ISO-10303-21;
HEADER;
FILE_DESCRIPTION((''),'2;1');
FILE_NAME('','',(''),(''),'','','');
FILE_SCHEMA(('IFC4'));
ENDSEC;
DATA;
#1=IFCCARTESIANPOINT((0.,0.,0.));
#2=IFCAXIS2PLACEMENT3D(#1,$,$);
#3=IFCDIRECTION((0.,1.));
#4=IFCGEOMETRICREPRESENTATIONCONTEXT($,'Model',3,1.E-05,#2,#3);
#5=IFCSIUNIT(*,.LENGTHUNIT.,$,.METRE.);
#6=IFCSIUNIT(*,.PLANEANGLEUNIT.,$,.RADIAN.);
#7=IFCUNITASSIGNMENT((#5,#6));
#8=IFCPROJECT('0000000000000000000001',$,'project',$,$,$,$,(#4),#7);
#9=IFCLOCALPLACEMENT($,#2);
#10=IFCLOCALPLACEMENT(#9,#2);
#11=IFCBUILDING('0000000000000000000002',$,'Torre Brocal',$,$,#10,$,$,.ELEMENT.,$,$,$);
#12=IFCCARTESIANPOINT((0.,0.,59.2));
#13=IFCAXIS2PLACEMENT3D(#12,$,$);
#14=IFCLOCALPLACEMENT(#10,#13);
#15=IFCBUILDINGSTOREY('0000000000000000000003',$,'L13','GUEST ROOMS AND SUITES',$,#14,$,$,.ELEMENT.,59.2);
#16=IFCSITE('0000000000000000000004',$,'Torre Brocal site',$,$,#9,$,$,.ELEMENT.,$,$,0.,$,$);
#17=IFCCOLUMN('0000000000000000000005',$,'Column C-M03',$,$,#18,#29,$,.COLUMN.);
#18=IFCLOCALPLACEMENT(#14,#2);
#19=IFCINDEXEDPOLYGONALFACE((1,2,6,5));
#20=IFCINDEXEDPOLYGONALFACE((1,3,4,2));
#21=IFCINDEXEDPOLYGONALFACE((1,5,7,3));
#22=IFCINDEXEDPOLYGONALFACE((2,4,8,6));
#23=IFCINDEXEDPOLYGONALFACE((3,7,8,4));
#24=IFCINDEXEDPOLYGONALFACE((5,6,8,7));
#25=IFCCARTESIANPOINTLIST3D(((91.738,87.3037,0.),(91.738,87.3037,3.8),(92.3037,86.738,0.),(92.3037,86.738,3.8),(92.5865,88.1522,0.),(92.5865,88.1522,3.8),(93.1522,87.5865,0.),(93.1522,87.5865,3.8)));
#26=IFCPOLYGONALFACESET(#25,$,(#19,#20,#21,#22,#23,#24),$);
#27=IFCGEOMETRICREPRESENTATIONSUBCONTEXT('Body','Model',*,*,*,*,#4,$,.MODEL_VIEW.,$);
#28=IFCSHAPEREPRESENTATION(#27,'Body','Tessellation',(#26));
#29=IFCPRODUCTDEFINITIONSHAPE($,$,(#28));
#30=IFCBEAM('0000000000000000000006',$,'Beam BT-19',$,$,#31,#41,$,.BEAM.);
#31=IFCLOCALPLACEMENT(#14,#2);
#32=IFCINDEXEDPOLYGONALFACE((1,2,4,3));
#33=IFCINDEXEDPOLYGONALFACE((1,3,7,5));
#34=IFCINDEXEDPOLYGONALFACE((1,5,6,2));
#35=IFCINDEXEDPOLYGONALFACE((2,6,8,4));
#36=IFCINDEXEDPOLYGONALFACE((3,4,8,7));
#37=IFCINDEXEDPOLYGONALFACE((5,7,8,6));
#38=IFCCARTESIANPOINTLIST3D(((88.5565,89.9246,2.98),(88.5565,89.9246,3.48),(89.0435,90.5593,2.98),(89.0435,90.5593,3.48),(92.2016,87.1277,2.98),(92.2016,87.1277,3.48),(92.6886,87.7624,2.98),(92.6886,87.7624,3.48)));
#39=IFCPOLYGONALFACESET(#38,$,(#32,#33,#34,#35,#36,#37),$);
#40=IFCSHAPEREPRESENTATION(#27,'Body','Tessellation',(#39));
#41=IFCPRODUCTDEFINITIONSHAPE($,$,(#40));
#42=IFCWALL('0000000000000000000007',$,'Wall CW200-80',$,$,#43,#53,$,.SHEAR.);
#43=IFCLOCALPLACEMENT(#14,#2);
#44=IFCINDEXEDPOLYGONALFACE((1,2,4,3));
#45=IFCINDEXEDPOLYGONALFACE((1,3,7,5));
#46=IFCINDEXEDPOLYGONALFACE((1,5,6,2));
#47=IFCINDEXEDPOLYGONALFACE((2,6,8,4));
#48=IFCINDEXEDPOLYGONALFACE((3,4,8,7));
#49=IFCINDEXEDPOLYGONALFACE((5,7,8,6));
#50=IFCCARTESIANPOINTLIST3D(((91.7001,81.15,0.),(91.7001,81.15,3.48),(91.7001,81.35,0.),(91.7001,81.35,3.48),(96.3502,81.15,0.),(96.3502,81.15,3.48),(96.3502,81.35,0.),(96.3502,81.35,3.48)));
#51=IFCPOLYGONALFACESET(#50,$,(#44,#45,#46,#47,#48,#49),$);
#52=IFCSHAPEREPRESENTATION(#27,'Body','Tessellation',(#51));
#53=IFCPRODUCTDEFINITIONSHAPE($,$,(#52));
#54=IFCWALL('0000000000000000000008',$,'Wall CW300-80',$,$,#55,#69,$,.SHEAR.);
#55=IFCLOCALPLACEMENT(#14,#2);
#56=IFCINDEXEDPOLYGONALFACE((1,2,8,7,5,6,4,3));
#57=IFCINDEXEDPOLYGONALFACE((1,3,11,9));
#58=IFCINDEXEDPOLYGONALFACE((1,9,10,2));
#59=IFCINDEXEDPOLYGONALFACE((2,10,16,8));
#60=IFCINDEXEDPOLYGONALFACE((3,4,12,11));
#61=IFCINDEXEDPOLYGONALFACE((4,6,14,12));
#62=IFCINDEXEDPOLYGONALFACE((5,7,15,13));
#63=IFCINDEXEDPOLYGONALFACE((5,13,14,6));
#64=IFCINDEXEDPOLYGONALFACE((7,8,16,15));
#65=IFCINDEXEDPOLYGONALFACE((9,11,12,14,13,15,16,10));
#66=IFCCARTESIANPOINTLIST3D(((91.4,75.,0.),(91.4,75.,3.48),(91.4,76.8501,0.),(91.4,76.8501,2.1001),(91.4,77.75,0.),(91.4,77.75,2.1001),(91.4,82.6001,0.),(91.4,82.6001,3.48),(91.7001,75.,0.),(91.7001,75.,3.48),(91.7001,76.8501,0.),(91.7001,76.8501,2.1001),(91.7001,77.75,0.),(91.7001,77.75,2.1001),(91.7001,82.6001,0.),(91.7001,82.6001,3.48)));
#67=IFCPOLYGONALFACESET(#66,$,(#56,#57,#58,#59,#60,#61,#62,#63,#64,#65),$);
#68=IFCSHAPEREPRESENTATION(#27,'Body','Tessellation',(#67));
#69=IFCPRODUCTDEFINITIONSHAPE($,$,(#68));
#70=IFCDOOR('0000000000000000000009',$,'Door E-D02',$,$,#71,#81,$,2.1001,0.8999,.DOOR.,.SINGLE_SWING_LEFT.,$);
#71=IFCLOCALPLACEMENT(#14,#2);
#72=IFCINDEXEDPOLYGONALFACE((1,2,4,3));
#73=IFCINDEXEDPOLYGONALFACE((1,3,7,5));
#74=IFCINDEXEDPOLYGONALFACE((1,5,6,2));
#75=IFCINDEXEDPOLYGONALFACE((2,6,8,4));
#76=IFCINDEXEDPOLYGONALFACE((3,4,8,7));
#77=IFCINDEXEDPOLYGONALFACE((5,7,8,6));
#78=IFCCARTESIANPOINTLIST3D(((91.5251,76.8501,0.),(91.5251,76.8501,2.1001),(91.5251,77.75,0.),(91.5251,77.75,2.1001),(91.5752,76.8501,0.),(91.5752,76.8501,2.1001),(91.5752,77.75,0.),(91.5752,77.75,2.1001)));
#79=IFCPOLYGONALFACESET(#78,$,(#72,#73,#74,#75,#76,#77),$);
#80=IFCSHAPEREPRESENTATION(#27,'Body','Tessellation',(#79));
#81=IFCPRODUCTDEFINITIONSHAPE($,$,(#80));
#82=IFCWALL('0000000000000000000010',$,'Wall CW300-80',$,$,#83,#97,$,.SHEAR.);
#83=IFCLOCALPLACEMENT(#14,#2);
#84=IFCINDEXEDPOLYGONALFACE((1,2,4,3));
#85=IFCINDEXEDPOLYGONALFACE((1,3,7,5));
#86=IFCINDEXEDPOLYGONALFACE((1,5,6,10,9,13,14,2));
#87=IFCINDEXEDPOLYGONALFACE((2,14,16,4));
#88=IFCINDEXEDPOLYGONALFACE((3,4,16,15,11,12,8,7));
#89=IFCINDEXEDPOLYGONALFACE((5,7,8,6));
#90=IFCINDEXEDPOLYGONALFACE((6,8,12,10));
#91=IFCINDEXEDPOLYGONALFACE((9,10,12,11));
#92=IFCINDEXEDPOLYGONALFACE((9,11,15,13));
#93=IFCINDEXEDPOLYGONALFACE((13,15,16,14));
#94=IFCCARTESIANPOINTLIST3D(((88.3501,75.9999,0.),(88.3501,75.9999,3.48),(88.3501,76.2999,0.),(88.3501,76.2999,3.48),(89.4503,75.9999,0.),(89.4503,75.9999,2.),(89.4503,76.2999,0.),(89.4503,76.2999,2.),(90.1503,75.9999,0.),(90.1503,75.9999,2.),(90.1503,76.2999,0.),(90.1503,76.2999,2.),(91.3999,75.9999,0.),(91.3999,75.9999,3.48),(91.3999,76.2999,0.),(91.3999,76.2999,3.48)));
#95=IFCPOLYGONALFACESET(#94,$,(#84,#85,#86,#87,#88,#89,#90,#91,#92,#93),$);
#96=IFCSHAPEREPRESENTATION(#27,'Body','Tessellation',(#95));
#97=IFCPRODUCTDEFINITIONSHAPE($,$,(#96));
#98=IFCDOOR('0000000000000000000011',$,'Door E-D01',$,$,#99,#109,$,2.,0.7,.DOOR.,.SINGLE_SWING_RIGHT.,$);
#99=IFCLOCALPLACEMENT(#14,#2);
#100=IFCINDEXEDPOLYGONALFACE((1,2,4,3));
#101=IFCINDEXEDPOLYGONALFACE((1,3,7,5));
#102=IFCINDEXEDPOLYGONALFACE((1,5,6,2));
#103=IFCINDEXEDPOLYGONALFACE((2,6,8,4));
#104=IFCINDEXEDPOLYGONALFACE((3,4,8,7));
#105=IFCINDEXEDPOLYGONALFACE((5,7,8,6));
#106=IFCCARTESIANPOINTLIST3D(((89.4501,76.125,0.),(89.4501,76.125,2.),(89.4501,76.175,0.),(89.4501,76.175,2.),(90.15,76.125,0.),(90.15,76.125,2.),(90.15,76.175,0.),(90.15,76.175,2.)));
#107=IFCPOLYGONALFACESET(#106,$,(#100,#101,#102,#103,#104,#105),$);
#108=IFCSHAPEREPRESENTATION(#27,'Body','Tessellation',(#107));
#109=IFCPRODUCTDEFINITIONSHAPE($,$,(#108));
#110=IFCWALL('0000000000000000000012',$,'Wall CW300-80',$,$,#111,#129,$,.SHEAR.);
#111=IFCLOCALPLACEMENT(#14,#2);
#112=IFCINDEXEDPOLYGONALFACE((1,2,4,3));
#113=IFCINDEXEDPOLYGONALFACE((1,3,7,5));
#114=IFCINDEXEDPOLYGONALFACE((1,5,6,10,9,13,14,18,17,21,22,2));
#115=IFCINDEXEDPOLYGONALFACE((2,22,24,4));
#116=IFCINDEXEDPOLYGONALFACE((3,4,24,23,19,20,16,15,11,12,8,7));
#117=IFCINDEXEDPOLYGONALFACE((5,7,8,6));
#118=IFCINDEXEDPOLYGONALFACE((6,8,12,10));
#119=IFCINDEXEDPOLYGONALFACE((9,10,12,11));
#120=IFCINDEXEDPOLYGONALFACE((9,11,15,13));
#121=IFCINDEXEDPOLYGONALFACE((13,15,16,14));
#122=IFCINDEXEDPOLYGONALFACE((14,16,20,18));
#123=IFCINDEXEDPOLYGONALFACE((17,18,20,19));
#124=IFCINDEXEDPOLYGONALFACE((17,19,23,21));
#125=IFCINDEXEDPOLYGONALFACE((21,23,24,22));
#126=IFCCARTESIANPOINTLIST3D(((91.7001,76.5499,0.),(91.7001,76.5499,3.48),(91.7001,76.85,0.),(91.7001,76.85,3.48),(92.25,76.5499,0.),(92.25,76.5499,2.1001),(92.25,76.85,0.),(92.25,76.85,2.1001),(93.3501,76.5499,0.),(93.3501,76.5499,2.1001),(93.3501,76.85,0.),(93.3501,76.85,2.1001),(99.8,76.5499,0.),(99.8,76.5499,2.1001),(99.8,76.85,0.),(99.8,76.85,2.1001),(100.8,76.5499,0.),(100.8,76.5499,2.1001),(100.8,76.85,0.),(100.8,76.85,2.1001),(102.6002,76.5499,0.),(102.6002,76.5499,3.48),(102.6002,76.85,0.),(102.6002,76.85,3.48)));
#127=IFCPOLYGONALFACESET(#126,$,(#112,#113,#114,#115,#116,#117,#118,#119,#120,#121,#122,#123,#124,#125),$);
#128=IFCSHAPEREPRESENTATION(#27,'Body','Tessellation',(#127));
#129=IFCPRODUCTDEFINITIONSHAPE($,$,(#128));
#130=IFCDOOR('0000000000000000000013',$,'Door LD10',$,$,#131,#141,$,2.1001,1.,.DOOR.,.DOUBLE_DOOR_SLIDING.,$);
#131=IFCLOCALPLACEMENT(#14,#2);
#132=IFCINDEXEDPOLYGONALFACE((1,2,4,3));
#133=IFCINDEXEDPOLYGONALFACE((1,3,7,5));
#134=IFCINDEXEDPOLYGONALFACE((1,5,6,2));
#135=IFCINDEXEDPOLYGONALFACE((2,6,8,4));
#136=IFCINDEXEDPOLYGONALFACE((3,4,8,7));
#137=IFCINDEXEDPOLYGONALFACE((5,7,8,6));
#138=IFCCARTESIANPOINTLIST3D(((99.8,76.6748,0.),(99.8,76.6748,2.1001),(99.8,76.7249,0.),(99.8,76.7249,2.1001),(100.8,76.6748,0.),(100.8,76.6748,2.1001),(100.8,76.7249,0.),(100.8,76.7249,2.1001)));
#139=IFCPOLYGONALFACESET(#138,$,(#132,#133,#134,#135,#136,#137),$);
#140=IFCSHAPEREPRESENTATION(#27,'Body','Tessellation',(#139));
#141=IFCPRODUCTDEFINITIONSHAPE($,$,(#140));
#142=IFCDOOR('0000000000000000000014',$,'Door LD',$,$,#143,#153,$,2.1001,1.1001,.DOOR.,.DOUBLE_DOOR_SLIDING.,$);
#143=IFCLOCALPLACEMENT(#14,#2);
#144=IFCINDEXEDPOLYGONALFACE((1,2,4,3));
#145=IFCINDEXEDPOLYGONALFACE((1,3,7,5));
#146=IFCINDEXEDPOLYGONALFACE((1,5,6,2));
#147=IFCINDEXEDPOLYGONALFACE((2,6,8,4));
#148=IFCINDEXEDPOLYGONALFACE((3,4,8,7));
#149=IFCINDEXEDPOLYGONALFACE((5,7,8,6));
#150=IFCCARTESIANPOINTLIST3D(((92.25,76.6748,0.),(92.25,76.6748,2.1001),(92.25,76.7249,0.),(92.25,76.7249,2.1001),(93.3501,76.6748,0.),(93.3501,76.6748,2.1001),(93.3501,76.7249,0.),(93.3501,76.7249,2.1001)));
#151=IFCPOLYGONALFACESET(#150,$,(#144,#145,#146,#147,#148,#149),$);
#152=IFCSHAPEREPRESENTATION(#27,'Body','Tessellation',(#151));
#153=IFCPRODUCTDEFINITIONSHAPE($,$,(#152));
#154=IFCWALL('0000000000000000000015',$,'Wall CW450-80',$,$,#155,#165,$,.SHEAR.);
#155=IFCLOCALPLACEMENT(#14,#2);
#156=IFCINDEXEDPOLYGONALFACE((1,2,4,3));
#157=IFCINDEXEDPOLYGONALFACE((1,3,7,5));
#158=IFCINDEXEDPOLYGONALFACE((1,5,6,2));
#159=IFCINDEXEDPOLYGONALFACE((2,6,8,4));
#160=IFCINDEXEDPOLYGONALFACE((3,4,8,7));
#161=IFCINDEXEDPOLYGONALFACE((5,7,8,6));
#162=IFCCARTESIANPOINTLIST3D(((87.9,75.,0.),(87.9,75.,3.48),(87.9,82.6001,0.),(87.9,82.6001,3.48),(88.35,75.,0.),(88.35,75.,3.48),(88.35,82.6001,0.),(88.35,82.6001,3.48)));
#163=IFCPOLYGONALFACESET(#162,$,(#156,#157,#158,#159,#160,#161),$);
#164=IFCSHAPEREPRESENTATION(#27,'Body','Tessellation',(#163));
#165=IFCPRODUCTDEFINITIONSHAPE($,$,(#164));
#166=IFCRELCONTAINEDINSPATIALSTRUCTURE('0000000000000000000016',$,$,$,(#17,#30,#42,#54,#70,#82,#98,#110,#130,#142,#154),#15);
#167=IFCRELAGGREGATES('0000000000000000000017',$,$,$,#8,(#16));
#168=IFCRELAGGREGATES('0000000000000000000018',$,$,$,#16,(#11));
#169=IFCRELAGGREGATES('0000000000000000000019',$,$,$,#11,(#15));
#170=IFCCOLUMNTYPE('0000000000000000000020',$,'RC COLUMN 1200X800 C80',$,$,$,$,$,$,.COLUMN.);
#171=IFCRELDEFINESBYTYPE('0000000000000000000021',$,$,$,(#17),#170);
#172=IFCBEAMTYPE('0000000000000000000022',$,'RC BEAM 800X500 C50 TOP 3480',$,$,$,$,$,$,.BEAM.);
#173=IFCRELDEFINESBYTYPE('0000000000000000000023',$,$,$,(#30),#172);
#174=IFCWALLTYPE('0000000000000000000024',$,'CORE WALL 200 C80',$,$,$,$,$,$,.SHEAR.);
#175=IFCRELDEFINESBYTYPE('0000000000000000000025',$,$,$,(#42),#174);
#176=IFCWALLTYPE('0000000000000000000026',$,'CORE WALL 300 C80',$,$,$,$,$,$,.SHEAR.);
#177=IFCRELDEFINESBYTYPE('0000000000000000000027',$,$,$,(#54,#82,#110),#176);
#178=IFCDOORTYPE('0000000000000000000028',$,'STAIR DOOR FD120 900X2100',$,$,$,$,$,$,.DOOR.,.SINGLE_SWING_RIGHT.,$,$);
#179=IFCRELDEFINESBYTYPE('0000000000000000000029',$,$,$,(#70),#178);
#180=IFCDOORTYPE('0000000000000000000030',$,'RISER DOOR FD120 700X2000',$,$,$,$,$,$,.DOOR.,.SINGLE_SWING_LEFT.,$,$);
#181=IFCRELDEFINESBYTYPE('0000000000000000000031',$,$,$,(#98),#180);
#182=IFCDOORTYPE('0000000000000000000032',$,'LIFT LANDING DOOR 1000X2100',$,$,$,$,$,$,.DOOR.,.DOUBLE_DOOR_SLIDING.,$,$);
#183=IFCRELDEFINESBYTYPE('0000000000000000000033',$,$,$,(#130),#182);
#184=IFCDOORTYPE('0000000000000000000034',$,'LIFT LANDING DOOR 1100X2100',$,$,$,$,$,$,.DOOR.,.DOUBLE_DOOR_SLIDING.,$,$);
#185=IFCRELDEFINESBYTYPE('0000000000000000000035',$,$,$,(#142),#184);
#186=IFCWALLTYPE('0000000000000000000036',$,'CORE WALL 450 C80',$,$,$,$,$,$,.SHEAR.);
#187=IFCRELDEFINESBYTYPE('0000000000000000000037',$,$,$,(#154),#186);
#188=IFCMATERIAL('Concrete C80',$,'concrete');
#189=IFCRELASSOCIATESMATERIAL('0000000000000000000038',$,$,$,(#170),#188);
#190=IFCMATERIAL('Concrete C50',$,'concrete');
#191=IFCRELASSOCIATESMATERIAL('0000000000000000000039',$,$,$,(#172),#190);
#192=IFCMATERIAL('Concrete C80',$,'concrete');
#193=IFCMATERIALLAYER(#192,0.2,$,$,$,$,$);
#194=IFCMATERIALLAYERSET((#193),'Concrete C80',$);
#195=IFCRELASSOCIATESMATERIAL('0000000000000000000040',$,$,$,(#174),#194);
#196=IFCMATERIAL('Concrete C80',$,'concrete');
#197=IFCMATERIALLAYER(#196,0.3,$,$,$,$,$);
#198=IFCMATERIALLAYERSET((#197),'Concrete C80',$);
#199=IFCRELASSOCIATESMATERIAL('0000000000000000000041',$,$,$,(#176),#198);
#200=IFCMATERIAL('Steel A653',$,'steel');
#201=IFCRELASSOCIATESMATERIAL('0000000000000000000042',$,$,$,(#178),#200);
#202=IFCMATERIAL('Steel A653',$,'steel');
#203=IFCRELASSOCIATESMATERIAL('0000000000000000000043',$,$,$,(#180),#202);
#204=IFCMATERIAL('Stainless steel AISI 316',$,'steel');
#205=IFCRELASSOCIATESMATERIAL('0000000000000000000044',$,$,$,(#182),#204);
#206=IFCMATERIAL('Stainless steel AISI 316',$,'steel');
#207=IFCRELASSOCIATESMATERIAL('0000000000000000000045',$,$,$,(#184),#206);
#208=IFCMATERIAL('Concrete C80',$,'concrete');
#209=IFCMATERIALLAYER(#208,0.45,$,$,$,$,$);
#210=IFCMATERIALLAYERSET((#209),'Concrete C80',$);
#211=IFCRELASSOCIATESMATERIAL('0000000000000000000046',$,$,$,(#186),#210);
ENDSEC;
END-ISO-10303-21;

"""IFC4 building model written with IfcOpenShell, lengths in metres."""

from ifc_helpers import new_model, si_unit, direction, frame, frame_2d, origin, origin_2d, place, context, subcontext, project, spatial, rectangle, extrude, material, layer, layer_set, material_profile, profile_set, type_object, element, fill, save


model = new_model("IFC4")

# Units and contexts
model_context = context("Model", 3, precision=1e-05, world=origin(), true_north=direction((0.0, 1.0)))
body_context = subcontext(model_context, "Body", "Model", "MODEL_VIEW")
ifc_project = project(units=[si_unit("LENGTHUNIT", "METRE"), si_unit("PLANEANGLEUNIT", "RADIAN")], contexts=[model_context])

# Site, building, storey
site_placement = place(None, origin())
site = spatial("IfcSite", under=ifc_project, at=site_placement, Name="Torre Brocal site", CompositionType="ELEMENT", RefElevation=0.0)
building_placement = place(site_placement, origin())
building = spatial("IfcBuilding", under=site, at=building_placement, Name="Torre Brocal", CompositionType="ELEMENT")
storey_placement = place(building_placement, frame((0.0, 0.0, 59.2)))
storey = spatial("IfcBuildingStorey", under=building, at=storey_placement, Name="L13", Description="GUEST ROOMS AND SUITES", CompositionType="ELEMENT", Elevation=59.2)

# Column
ifc_material_1 = material(Name="Concrete C80", Category="concrete")
ifc_material_profile_1 = material_profile(ifc_material_1, rectangle(XDim=1.2, YDim=0.8, at=origin_2d()), Name="RC 1200X800")
ifc_profile_set_1 = profile_set([ifc_material_profile_1], Name="Concrete C80")
column_type = type_object("IfcColumnType", Name="RC COLUMN 1200X800 C80", PredefinedType="COLUMN", material=ifc_profile_set_1)
column_placement = place(storey_placement, frame((92.4451, 87.4451, 0.0), z_axis=(0.0, 0.0, 1.0), x_axis=(0.707107, 0.707107, 0.0)))
element("IfcColumn", 1, at=column_placement, inside=storey, type_object=column_type, Name="Column C-M03", PredefinedType="COLUMN", context=body_context, shape_type="SweptSolid", body=[
    extrude(rectangle(XDim=1.2, YDim=0.8, at=origin_2d()), origin(), (0.0, 0.0, 1.0), 3.8),
])

# Beam
ifc_material_2 = material(Name="Concrete C50", Category="concrete")
ifc_material_profile_2 = material_profile(ifc_material_2, rectangle(XDim=0.8, YDim=0.5, at=origin_2d()), Name="RC 800X500")
ifc_profile_set_2 = profile_set([ifc_material_profile_2], Name="Concrete C50")
beam_type = type_object("IfcBeamType", Name="RC BEAM 800X500 C50 TOP 3480", PredefinedType="BEAM", material=ifc_profile_set_2)
beam_placement = place(storey_placement, frame((92.4451, 87.4451, 3.23), z_axis=(-0.793358, 0.608755, 0.0), x_axis=(-0.608755, -0.793358, 0.0)))
element("IfcBeam", 2, at=beam_placement, inside=storey, type_object=beam_type, Name="Beam BT-19", PredefinedType="BEAM", context=body_context, shape_type="SweptSolid", body=[
    extrude(rectangle(XDim=0.8, YDim=0.5, at=origin_2d()), origin(), (0.0, 0.0, 1.0), 4.5945),
])

# Wall
ifc_material_3 = material(Name="Concrete C80", Category="concrete")
ifc_layer_1 = layer(ifc_material_3, 0.2)
ifc_layer_set_1 = layer_set([ifc_layer_1], Name="Concrete C80")
wall_type_1 = type_object("IfcWallType", Name="CORE WALL 200 C80", PredefinedType="SHEAR", material=ifc_layer_set_1)
wall_1_placement = place(storey_placement, frame((91.7, 81.25, 0.0), z_axis=(0.0, 0.0, 1.0), x_axis=(1.0, 0.0, 0.0)))
element("IfcWall", 3, at=wall_1_placement, inside=storey, type_object=wall_type_1, Name="Wall CW200-80", PredefinedType="SHEAR", context=body_context, shape_type="SweptSolid", body=[
    extrude(rectangle(XDim=4.6501, YDim=0.2, at=frame_2d((2.3252, 0.0))), origin(), (0.0, 0.0, 1.0), 3.48),
])

# Walls, openings, doors
ifc_material_4 = material(Name="Concrete C80", Category="concrete")
ifc_layer_2 = layer(ifc_material_4, 0.3)
ifc_layer_set_2 = layer_set([ifc_layer_2], Name="Concrete C80")
wall_type_2 = type_object("IfcWallType", Name="CORE WALL 300 C80", PredefinedType="SHEAR", material=ifc_layer_set_2)
wall_2_placement = place(storey_placement, frame((91.55, 75.0, 0.0), z_axis=(0.0, 0.0, 1.0), x_axis=(0.0, 1.0, 0.0)))
wall_2 = element("IfcWall", 4, at=wall_2_placement, inside=storey, type_object=wall_type_2, Name="Wall CW300-80", PredefinedType="SHEAR", context=body_context, shape_type="SweptSolid", body=[
    extrude(rectangle(XDim=7.6001, YDim=0.3, at=frame_2d((3.8, 0.0))), origin(), (0.0, 0.0, 1.0), 3.48),
])
opening_1_placement = place(wall_2_placement, frame((1.8501, 0.0, 0.0)))
opening_1 = element("IfcOpeningElement", 5, at=opening_1_placement, cuts=wall_2, PredefinedType="OPENING", context=body_context, shape_type="SweptSolid", body=[
    extrude(rectangle(XDim=0.8999, YDim=2.1001, at=frame_2d((0.45, 1.05))), frame((0.0, 0.1599, 0.0), z_axis=(0.0, -1.0, 0.0), x_axis=(1.0, 0.0, 0.0)), (0.0, 0.0, 1.0), 0.3201),
])
ifc_material_5 = material(Name="Steel A653", Category="steel")
door_type_1 = type_object("IfcDoorType", Name="STAIR DOOR FD120 900X2100", OperationType="SINGLE_SWING_RIGHT", PredefinedType="DOOR", material=ifc_material_5)
door_1_placement = place(opening_1_placement, origin())
door_1 = element("IfcDoor", 6, at=door_1_placement, inside=storey, type_object=door_type_1, Name="Door E-D02", OperationType="SINGLE_SWING_LEFT", OverallHeight=2.1001, OverallWidth=0.8999, PredefinedType="DOOR", context=body_context, shape_type="SweptSolid", body=[
    extrude(rectangle(XDim=0.8999, YDim=2.1001, at=frame_2d((0.45, 1.05))), frame((0.0, 0.0249, 0.0), z_axis=(0.0, -1.0, 0.0), x_axis=(1.0, 0.0, 0.0)), (0.0, 0.0, 1.0), 0.05),
])
fill(opening_1, door_1)
wall_3_placement = place(storey_placement, frame((88.3501, 76.1499, 0.0), z_axis=(0.0, 0.0, 1.0), x_axis=(1.0, 0.0, 0.0)))
wall_3 = element("IfcWall", 7, at=wall_3_placement, inside=storey, type_object=wall_type_2, Name="Wall CW300-80", PredefinedType="SHEAR", context=body_context, shape_type="SweptSolid", body=[
    extrude(rectangle(XDim=3.0498, YDim=0.3, at=frame_2d((1.5249, 0.0))), origin(), (0.0, 0.0, 1.0), 3.48),
])
opening_2_placement = place(wall_3_placement, frame((1.1001, 0.0, 0.0)))
opening_2 = element("IfcOpeningElement", 8, at=opening_2_placement, cuts=wall_3, PredefinedType="OPENING", context=body_context, shape_type="SweptSolid", body=[
    extrude(rectangle(XDim=0.7, YDim=2.0, at=frame_2d((0.3501, 1.0))), frame((0.0, 0.1599, 0.0), z_axis=(0.0, -1.0, 0.0), x_axis=(1.0, 0.0, 0.0)), (0.0, 0.0, 1.0), 0.3201),
])
ifc_material_6 = material(Name="Steel A653", Category="steel")
door_type_2 = type_object("IfcDoorType", Name="RISER DOOR FD120 700X2000", OperationType="SINGLE_SWING_LEFT", PredefinedType="DOOR", material=ifc_material_6)
door_2_placement = place(opening_2_placement, frame((0.7, 0.0, 0.0), z_axis=(0.0, 0.0, 1.0), x_axis=(-1.0, 0.0, 0.0)))
door_2 = element("IfcDoor", 9, at=door_2_placement, inside=storey, type_object=door_type_2, Name="Door E-D01", OperationType="SINGLE_SWING_RIGHT", OverallHeight=2.0, OverallWidth=0.7, PredefinedType="DOOR", context=body_context, shape_type="SweptSolid", body=[
    extrude(rectangle(XDim=0.7, YDim=2.0, at=frame_2d((0.3501, 1.0))), frame((0.0, 0.0249, 0.0), z_axis=(0.0, -1.0, 0.0), x_axis=(1.0, 0.0, 0.0)), (0.0, 0.0, 1.0), 0.05),
])
fill(opening_2, door_2)

# Wall, openings, doors
wall_4_placement = place(storey_placement, frame((91.7, 76.7, 0.0), z_axis=(0.0, 0.0, 1.0), x_axis=(1.0, 0.0, 0.0)))
wall_4 = element("IfcWall", 10, at=wall_4_placement, inside=storey, type_object=wall_type_2, Name="Wall CW300-80", PredefinedType="SHEAR", context=body_context, shape_type="SweptSolid", body=[
    extrude(rectangle(XDim=10.9001, YDim=0.3, at=frame_2d((5.4502, 0.0))), origin(), (0.0, 0.0, 1.0), 3.48),
])
opening_3_placement = place(wall_4_placement, frame((0.55, 0.0, 0.0)))
opening_3 = element("IfcOpeningElement", 11, at=opening_3_placement, cuts=wall_4, PredefinedType="OPENING", context=body_context, shape_type="SweptSolid", body=[
    extrude(rectangle(XDim=1.1001, YDim=2.1001, at=frame_2d((0.55, 1.05))), frame((0.0, 0.1599, 0.0), z_axis=(0.0, -1.0, 0.0), x_axis=(1.0, 0.0, 0.0)), (0.0, 0.0, 1.0), 0.3201),
])
opening_4_placement = place(wall_4_placement, frame((8.1001, 0.0, 0.0)))
opening_4 = element("IfcOpeningElement", 12, at=opening_4_placement, cuts=wall_4, PredefinedType="OPENING", context=body_context, shape_type="SweptSolid", body=[
    extrude(rectangle(XDim=1.0, YDim=2.1001, at=frame_2d((0.5, 1.05))), frame((0.0, 0.1599, 0.0), z_axis=(0.0, -1.0, 0.0), x_axis=(1.0, 0.0, 0.0)), (0.0, 0.0, 1.0), 0.3201),
])
ifc_material_7 = material(Name="Stainless steel AISI 316", Category="steel")
door_type_3 = type_object("IfcDoorType", Name="LIFT LANDING DOOR 1000X2100", OperationType="DOUBLE_DOOR_SLIDING", PredefinedType="DOOR", material=ifc_material_7)
door_3_placement = place(opening_4_placement, origin())
door_3 = element("IfcDoor", 13, at=door_3_placement, inside=storey, type_object=door_type_3, Name="Door LD10", OperationType="DOUBLE_DOOR_SLIDING", OverallHeight=2.1001, OverallWidth=1.0, PredefinedType="DOOR", context=body_context, shape_type="SweptSolid", body=[
    extrude(rectangle(XDim=1.0, YDim=2.1001, at=frame_2d((0.5, 1.05))), frame((0.0, 0.0249, 0.0), z_axis=(0.0, -1.0, 0.0), x_axis=(1.0, 0.0, 0.0)), (0.0, 0.0, 1.0), 0.05),
])
fill(opening_4, door_3)
ifc_material_8 = material(Name="Stainless steel AISI 316", Category="steel")
door_type_4 = type_object("IfcDoorType", Name="LIFT LANDING DOOR 1100X2100", OperationType="DOUBLE_DOOR_SLIDING", PredefinedType="DOOR", material=ifc_material_8)
door_4_placement = place(opening_3_placement, origin())
door_4 = element("IfcDoor", 14, at=door_4_placement, inside=storey, type_object=door_type_4, Name="Door LD", OperationType="DOUBLE_DOOR_SLIDING", OverallHeight=2.1001, OverallWidth=1.1001, PredefinedType="DOOR", context=body_context, shape_type="SweptSolid", body=[
    extrude(rectangle(XDim=1.1001, YDim=2.1001, at=frame_2d((0.55, 1.05))), frame((0.0, 0.0249, 0.0), z_axis=(0.0, -1.0, 0.0), x_axis=(1.0, 0.0, 0.0)), (0.0, 0.0, 1.0), 0.05),
])
fill(opening_3, door_4)

# Wall
ifc_material_9 = material(Name="Concrete C80", Category="concrete")
ifc_layer_3 = layer(ifc_material_9, 0.45)
ifc_layer_set_3 = layer_set([ifc_layer_3], Name="Concrete C80")
wall_type_3 = type_object("IfcWallType", Name="CORE WALL 450 C80", PredefinedType="SHEAR", material=ifc_layer_set_3)
wall_5_placement = place(storey_placement, frame((88.125, 75.0, 0.0), z_axis=(0.0, 0.0, 1.0), x_axis=(0.0, 1.0, 0.0)))
element("IfcWall", 15, at=wall_5_placement, inside=storey, type_object=wall_type_3, Name="Wall CW450-80", PredefinedType="SHEAR", context=body_context, shape_type="SweptSolid", body=[
    extrude(rectangle(XDim=7.6001, YDim=0.45, at=frame_2d((3.8, 0.0))), origin(), (0.0, 0.0, 1.0), 3.48),
])

save(model, "model.ifc")
